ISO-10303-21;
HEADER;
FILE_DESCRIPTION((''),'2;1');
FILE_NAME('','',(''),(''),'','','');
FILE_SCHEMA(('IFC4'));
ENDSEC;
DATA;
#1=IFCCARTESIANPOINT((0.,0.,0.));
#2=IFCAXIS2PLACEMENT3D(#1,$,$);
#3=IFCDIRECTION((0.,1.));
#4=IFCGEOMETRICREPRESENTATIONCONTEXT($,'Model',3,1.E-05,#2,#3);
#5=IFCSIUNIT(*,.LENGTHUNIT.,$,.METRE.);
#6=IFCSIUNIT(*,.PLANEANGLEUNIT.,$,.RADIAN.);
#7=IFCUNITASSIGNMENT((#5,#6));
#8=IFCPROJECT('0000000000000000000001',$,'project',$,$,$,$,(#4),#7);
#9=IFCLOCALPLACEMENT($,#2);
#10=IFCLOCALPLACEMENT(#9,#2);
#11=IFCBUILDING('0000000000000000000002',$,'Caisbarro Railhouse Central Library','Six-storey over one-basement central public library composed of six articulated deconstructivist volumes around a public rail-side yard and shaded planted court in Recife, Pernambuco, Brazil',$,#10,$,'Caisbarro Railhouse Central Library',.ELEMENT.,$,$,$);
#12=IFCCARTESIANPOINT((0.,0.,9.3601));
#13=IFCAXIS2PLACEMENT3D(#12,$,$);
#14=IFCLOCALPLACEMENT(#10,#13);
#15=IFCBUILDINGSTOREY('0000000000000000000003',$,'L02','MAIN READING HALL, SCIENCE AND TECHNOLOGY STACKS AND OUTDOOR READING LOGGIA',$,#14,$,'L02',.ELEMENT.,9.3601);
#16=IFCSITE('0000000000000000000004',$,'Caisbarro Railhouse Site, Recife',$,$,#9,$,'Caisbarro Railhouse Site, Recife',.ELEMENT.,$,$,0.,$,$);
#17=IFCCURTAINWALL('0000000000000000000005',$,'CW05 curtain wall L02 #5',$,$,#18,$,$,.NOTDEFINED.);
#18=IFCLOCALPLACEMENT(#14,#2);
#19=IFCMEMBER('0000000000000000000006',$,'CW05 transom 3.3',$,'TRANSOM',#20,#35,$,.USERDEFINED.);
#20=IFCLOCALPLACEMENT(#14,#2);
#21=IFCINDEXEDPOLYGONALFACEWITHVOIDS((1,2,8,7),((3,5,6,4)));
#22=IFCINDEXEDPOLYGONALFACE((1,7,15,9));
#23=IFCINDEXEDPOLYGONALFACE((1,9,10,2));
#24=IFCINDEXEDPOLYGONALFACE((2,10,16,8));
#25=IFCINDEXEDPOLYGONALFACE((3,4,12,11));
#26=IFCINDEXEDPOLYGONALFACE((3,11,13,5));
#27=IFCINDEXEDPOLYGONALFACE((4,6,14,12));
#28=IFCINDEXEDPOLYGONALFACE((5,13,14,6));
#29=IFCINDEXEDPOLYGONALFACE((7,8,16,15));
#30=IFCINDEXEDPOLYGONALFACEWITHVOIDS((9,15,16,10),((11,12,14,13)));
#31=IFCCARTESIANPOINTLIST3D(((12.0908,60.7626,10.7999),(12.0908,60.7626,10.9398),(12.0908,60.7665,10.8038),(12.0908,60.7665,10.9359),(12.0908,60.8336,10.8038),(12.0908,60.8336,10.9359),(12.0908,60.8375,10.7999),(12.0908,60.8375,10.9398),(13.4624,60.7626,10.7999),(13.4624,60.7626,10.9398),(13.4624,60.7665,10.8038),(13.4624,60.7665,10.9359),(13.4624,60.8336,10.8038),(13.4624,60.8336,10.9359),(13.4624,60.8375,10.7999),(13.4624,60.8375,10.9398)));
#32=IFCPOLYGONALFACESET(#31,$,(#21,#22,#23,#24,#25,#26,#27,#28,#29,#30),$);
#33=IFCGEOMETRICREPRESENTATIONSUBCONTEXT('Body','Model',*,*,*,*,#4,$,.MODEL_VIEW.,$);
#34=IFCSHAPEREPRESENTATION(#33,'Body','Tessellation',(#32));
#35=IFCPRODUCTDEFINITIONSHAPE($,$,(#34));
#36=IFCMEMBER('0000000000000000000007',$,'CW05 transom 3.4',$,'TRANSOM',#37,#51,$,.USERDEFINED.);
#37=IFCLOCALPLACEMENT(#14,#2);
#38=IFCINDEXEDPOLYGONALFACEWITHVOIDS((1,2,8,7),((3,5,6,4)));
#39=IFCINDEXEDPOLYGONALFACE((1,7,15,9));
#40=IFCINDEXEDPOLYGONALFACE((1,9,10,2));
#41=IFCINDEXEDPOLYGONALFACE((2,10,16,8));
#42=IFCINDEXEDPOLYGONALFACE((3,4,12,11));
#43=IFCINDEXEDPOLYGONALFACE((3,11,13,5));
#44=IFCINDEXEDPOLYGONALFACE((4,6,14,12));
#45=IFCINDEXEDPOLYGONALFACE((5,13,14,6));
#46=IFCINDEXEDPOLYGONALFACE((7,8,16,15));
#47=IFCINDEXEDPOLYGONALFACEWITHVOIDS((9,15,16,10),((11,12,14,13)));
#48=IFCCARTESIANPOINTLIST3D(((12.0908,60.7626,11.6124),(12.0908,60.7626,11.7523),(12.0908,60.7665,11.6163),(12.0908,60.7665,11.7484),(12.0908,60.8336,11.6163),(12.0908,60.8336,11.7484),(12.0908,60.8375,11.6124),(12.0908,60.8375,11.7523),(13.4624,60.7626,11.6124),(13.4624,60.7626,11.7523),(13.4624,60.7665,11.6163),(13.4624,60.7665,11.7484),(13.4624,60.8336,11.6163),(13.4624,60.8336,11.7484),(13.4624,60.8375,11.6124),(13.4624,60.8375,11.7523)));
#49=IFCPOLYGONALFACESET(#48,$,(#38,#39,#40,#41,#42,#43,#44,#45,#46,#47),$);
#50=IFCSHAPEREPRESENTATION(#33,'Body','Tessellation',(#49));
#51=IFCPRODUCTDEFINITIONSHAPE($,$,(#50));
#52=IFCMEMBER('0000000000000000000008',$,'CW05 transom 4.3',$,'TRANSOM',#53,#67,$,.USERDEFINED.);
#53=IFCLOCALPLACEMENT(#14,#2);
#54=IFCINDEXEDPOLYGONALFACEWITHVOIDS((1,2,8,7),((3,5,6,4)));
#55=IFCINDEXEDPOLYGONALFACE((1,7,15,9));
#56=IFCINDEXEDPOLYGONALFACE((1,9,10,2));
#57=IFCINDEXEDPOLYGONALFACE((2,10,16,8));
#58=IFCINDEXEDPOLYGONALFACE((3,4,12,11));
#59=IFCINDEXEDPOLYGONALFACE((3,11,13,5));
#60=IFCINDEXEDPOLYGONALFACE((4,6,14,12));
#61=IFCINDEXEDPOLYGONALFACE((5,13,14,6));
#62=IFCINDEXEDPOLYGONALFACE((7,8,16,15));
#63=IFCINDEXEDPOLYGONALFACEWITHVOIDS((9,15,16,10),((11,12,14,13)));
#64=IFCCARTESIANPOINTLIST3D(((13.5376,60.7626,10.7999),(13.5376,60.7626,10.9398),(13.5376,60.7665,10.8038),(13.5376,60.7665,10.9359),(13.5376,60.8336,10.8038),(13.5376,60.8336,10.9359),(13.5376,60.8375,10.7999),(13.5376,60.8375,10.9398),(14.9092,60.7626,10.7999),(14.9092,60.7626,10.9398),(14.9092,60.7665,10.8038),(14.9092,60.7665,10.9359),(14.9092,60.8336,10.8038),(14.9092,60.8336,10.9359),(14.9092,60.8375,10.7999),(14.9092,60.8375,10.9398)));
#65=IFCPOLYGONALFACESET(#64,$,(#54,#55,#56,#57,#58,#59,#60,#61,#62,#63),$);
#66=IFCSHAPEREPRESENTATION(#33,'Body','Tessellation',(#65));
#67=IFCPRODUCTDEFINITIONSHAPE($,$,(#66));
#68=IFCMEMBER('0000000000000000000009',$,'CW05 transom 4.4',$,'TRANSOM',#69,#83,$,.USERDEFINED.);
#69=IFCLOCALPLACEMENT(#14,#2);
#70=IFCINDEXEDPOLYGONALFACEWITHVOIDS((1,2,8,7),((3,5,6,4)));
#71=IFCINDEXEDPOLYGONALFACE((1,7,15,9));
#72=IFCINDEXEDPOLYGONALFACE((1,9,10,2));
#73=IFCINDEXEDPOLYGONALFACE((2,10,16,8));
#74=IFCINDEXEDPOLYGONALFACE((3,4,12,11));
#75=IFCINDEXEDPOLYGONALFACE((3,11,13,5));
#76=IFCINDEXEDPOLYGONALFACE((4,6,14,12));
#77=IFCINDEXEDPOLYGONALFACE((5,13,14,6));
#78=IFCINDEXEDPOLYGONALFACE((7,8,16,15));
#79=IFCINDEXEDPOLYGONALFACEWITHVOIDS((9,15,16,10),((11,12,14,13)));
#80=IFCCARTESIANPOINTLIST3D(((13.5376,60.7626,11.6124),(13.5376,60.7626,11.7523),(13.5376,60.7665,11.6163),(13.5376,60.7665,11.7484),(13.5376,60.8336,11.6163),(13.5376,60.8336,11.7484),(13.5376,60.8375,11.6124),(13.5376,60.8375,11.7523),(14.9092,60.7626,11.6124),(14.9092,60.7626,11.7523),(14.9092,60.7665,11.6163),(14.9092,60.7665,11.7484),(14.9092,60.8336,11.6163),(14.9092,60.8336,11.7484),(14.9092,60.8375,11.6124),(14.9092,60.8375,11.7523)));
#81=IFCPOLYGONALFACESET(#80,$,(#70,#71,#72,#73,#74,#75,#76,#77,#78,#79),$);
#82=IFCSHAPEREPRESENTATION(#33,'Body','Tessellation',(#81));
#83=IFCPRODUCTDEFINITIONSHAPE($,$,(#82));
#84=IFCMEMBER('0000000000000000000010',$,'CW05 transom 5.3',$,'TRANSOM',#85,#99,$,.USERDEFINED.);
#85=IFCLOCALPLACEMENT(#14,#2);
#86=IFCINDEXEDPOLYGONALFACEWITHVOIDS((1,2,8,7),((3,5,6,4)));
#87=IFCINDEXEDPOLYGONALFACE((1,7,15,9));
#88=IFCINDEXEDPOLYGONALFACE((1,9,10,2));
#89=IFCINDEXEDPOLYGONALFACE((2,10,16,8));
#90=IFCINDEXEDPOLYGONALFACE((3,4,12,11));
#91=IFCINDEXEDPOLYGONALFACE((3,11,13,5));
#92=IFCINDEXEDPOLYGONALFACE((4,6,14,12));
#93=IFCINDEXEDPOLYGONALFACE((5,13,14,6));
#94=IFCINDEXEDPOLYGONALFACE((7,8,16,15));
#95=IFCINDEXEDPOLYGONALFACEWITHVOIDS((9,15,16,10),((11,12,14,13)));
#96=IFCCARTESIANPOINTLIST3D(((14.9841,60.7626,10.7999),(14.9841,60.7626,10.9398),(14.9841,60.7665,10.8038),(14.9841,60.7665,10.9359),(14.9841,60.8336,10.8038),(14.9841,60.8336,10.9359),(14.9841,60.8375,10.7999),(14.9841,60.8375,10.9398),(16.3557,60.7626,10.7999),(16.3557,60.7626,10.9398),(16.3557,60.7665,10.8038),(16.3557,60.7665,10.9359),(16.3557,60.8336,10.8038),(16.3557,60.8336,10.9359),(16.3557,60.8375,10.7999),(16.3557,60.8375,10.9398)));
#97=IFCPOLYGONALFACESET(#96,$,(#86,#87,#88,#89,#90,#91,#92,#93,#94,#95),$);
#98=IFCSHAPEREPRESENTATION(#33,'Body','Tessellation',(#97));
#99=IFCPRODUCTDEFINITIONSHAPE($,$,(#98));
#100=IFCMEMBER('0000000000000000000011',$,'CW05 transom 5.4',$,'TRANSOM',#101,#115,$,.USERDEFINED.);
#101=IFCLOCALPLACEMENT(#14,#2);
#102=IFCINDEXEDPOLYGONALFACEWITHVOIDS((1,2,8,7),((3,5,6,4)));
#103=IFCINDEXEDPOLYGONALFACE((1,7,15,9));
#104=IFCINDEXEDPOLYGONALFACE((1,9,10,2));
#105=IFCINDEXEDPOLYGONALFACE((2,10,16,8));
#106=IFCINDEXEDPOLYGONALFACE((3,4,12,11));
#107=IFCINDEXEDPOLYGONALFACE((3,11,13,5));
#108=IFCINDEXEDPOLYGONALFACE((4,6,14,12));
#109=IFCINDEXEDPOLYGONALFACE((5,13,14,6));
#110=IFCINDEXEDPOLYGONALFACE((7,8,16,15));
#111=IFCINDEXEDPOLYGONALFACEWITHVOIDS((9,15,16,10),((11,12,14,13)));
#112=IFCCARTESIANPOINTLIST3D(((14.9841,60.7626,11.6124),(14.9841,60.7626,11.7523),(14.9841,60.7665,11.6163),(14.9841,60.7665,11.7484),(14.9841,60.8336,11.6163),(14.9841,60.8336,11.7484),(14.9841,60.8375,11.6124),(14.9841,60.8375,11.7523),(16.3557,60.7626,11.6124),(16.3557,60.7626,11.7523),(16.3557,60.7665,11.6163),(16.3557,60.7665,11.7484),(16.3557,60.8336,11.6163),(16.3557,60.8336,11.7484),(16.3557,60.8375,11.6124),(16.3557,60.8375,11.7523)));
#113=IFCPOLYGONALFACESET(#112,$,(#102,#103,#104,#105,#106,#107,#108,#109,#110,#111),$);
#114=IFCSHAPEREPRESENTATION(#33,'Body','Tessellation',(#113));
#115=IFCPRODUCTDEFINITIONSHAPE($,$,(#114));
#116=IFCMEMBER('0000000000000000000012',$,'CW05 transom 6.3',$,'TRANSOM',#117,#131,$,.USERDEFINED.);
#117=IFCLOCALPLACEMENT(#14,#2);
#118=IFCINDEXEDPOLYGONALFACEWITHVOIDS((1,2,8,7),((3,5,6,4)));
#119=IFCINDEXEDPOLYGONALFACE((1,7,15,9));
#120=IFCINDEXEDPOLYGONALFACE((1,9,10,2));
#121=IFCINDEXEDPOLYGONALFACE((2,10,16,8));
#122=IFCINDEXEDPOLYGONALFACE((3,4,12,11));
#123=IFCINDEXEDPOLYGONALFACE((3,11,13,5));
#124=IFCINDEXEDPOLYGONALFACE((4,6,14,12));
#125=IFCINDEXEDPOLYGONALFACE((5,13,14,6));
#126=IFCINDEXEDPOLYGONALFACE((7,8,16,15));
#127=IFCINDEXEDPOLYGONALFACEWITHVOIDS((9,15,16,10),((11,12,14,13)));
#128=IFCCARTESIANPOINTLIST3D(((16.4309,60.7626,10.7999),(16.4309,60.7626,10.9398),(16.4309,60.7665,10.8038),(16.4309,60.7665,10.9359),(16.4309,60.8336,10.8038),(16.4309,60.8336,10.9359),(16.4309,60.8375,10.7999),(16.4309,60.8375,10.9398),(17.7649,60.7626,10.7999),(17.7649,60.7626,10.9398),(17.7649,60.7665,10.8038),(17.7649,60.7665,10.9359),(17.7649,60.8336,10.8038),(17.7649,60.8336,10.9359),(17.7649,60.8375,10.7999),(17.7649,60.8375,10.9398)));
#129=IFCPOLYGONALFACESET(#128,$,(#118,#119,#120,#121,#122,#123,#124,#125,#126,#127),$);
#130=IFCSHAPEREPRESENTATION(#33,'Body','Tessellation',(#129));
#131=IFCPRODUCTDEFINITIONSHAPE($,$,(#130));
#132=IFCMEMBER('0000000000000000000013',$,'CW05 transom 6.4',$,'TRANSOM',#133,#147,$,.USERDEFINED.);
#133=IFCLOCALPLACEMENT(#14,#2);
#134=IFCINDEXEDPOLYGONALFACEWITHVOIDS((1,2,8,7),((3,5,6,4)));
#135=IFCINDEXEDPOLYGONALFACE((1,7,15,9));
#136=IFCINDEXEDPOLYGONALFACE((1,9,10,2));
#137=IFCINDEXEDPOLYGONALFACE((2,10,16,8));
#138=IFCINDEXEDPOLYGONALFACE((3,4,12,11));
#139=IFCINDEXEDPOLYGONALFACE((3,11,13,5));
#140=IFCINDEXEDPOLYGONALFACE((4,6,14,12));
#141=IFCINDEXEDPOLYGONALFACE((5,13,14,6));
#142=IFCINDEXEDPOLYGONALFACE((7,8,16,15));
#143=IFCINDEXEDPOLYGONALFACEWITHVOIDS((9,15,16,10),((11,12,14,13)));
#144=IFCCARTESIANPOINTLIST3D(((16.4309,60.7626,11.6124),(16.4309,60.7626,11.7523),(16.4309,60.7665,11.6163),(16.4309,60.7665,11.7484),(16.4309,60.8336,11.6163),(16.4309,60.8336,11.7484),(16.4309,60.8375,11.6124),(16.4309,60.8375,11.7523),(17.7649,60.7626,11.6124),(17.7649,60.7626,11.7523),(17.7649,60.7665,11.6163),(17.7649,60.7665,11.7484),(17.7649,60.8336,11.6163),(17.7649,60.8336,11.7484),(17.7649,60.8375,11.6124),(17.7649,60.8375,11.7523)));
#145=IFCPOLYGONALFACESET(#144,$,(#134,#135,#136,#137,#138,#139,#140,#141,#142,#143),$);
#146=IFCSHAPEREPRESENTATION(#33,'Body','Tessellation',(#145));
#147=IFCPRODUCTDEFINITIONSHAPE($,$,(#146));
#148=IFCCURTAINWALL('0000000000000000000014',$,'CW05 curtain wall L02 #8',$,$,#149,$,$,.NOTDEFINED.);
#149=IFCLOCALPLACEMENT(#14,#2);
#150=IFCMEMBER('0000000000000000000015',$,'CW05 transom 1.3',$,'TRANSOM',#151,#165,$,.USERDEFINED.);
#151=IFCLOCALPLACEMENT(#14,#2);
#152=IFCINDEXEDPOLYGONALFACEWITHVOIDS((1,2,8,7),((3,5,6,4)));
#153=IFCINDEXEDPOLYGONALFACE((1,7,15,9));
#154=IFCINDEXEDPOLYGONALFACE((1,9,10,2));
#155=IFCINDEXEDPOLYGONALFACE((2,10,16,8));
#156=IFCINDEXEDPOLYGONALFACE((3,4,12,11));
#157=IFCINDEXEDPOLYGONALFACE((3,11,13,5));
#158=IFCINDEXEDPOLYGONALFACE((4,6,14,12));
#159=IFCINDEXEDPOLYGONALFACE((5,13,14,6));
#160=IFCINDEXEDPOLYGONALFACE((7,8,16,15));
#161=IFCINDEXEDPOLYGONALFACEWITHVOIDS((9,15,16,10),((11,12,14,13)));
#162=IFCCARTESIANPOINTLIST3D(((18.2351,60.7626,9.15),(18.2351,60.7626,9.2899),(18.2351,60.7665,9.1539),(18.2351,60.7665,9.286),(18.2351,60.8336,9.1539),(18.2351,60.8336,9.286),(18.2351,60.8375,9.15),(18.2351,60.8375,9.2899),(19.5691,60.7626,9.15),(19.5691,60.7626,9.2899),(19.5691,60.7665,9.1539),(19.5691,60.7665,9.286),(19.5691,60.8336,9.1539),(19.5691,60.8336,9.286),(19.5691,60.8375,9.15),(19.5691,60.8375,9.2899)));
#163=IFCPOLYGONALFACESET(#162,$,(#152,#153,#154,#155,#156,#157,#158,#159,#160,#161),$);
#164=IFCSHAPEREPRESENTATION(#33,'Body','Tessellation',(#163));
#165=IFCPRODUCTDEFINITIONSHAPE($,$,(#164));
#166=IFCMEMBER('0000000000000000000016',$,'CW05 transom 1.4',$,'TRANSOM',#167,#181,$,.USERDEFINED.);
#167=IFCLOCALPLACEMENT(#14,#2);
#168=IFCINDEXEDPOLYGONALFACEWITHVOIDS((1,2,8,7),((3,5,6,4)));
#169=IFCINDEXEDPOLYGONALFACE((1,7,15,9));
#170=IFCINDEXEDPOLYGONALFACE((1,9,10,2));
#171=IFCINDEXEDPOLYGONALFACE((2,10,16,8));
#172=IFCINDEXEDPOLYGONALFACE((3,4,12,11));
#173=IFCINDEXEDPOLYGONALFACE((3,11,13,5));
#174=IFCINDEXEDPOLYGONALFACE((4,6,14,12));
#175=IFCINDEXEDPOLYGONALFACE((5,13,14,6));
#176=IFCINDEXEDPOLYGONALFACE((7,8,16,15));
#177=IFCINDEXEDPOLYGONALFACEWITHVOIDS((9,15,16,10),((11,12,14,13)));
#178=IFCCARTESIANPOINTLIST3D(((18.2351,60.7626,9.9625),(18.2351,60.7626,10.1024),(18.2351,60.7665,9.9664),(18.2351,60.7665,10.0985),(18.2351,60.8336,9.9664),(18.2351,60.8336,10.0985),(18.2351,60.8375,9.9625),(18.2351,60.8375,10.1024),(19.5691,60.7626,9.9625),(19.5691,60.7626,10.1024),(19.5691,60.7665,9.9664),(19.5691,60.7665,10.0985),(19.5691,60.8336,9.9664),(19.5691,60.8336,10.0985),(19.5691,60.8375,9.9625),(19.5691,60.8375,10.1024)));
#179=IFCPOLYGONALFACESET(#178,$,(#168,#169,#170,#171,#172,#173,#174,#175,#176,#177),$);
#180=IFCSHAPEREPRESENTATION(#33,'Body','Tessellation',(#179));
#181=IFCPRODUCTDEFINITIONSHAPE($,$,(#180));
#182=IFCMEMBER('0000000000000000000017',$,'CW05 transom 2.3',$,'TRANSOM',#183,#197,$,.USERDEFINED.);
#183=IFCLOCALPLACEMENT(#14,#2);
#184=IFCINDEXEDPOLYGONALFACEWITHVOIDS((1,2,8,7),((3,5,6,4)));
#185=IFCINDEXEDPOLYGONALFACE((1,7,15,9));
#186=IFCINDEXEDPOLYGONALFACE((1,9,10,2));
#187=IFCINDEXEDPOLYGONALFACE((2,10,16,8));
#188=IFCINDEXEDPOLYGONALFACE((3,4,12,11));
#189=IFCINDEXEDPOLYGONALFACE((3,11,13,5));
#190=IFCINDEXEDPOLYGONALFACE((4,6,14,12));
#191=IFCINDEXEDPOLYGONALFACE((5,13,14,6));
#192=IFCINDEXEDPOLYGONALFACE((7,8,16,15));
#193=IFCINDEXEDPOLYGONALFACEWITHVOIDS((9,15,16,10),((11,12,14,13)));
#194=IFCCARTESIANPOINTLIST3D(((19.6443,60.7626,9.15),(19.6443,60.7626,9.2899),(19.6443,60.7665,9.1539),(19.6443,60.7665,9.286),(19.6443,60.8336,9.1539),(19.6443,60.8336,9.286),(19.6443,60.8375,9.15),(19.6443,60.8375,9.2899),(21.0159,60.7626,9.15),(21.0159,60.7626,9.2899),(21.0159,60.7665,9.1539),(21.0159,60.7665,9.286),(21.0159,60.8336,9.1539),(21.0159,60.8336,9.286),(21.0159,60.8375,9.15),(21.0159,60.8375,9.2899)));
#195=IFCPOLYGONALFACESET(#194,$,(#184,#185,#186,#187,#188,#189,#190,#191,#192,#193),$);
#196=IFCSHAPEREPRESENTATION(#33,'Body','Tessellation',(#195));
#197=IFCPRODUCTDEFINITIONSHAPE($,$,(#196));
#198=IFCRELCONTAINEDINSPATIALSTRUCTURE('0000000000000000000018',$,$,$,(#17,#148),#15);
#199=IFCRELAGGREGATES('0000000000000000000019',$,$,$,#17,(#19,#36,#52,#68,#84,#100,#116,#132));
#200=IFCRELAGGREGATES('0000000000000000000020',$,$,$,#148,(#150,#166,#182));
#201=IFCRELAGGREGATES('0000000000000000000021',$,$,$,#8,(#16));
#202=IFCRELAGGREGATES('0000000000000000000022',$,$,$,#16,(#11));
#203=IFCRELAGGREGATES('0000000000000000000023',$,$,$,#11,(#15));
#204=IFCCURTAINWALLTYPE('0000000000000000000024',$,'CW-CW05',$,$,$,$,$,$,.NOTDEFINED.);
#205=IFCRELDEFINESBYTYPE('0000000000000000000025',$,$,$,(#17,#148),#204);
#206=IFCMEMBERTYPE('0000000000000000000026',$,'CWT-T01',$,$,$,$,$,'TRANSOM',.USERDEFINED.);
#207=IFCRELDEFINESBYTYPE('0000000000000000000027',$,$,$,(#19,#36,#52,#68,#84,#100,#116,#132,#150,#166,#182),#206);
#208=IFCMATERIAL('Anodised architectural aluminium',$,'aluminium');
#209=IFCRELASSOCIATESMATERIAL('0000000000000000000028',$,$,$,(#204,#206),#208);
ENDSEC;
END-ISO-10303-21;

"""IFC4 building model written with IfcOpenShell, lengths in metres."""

from ifc_helpers import new_model, si_unit, direction, frame, origin, origin_2d, place, context, subcontext, project, spatial, hollow_rectangle, extrude, material, material_profile, profile_set, type_object, element, aggregate, save


model = new_model("IFC4")

# Units and contexts
model_context = context("Model", 3, precision=1e-05, world=origin(), true_north=direction((0.0, 1.0)))
body_context = subcontext(model_context, "Body", "Model", "MODEL_VIEW")
ifc_project = project(units=[si_unit("LENGTHUNIT", "METRE"), si_unit("PLANEANGLEUNIT", "RADIAN")], contexts=[model_context])

# Site, building, storey
site_placement = place(None, origin())
site = spatial("IfcSite", under=ifc_project, at=site_placement, Name="Caisbarro Railhouse Site, Recife", LongName="Caisbarro Railhouse Site, Recife", CompositionType="ELEMENT", RefElevation=0.0)
building_placement = place(site_placement, origin())
building = spatial("IfcBuilding", under=site, at=building_placement, Name="Caisbarro Railhouse Central Library", Description="Six-storey over one-basement central public library composed of six articulated deconstructivist volumes around a public rail-side yard and shaded planted court in Recife, Pernambuco, Brazil", LongName="Caisbarro Railhouse Central Library", CompositionType="ELEMENT")
storey_placement = place(building_placement, frame((0.0, 0.0, 9.3601)))
storey = spatial("IfcBuildingStorey", under=building, at=storey_placement, Name="L02", Description="MAIN READING HALL, SCIENCE AND TECHNOLOGY STACKS AND OUTDOOR READING LOGGIA", LongName="L02", CompositionType="ELEMENT", Elevation=9.3601)

# Curtain walls, members
ifc_material_1 = material(Name="Anodised architectural aluminium", Category="aluminium")
curtain_wall_type = type_object("IfcCurtainWallType", Name="CW-CW05", PredefinedType="NOTDEFINED", material=ifc_material_1)
curtain_wall_1_placement = place(storey_placement, origin())
curtain_wall_1 = element("IfcCurtainWall", 1, at=curtain_wall_1_placement, inside=storey, type_object=curtain_wall_type, Name="CW05 curtain wall L02 #5", PredefinedType="NOTDEFINED")
ifc_material_profile = material_profile(ifc_material_1, hollow_rectangle(XDim=0.075, YDim=0.1399, WallThickness=0.0039, at=origin_2d()), Name="ALU-TRN-75X140")
ifc_profile_set = profile_set([ifc_material_profile], Name="Anodised architectural aluminium")
member_type = type_object("IfcMemberType", Name="CWT-T01", ElementType="TRANSOM", PredefinedType="USERDEFINED", material=ifc_profile_set)
member_1_placement = place(storey_placement, frame((12.0908, 60.8, 10.8699), z_axis=(1.0, 0.0, 0.0), x_axis=(0.0, 1.0, 0.0)))
member_1 = element("IfcMember", 2, at=member_1_placement, type_object=member_type, Name="CW05 transom 3.3", ObjectType="TRANSOM", PredefinedType="USERDEFINED", context=body_context, shape_type="SweptSolid", body=[
    extrude(hollow_rectangle(XDim=0.075, YDim=0.1399, WallThickness=0.0039, at=origin_2d()), origin(), (0.0, 0.0, 1.0), 1.3716),
])
member_2_placement = place(storey_placement, frame((12.0908, 60.8, 11.6824), z_axis=(1.0, 0.0, 0.0), x_axis=(0.0, 1.0, 0.0)))
member_2 = element("IfcMember", 3, at=member_2_placement, type_object=member_type, Name="CW05 transom 3.4", ObjectType="TRANSOM", PredefinedType="USERDEFINED", context=body_context, shape_type="SweptSolid", body=[
    extrude(hollow_rectangle(XDim=0.075, YDim=0.1399, WallThickness=0.0039, at=origin_2d()), origin(), (0.0, 0.0, 1.0), 1.3716),
])
member_3_placement = place(storey_placement, frame((13.5376, 60.8, 10.8699), z_axis=(1.0, 0.0, 0.0), x_axis=(0.0, 1.0, 0.0)))
member_3 = element("IfcMember", 4, at=member_3_placement, type_object=member_type, Name="CW05 transom 4.3", ObjectType="TRANSOM", PredefinedType="USERDEFINED", context=body_context, shape_type="SweptSolid", body=[
    extrude(hollow_rectangle(XDim=0.075, YDim=0.1399, WallThickness=0.0039, at=origin_2d()), origin(), (0.0, 0.0, 1.0), 1.3716),
])
member_4_placement = place(storey_placement, frame((13.5376, 60.8, 11.6824), z_axis=(1.0, 0.0, 0.0), x_axis=(0.0, 1.0, 0.0)))
member_4 = element("IfcMember", 5, at=member_4_placement, type_object=member_type, Name="CW05 transom 4.4", ObjectType="TRANSOM", PredefinedType="USERDEFINED", context=body_context, shape_type="SweptSolid", body=[
    extrude(hollow_rectangle(XDim=0.075, YDim=0.1399, WallThickness=0.0039, at=origin_2d()), origin(), (0.0, 0.0, 1.0), 1.3716),
])
member_5_placement = place(storey_placement, frame((14.9841, 60.8, 10.8699), z_axis=(1.0, 0.0, 0.0), x_axis=(0.0, 1.0, 0.0)))
member_5 = element("IfcMember", 6, at=member_5_placement, type_object=member_type, Name="CW05 transom 5.3", ObjectType="TRANSOM", PredefinedType="USERDEFINED", context=body_context, shape_type="SweptSolid", body=[
    extrude(hollow_rectangle(XDim=0.075, YDim=0.1399, WallThickness=0.0039, at=origin_2d()), origin(), (0.0, 0.0, 1.0), 1.3716),
])
member_6_placement = place(storey_placement, frame((14.9841, 60.8, 11.6824), z_axis=(1.0, 0.0, 0.0), x_axis=(0.0, 1.0, 0.0)))
member_6 = element("IfcMember", 7, at=member_6_placement, type_object=member_type, Name="CW05 transom 5.4", ObjectType="TRANSOM", PredefinedType="USERDEFINED", context=body_context, shape_type="SweptSolid", body=[
    extrude(hollow_rectangle(XDim=0.075, YDim=0.1399, WallThickness=0.0039, at=origin_2d()), origin(), (0.0, 0.0, 1.0), 1.3716),
])
member_7_placement = place(storey_placement, frame((16.4309, 60.8, 10.8699), z_axis=(1.0, 0.0, 0.0), x_axis=(0.0, 1.0, 0.0)))
member_7 = element("IfcMember", 8, at=member_7_placement, type_object=member_type, Name="CW05 transom 6.3", ObjectType="TRANSOM", PredefinedType="USERDEFINED", context=body_context, shape_type="SweptSolid", body=[
    extrude(hollow_rectangle(XDim=0.075, YDim=0.1399, WallThickness=0.0039, at=origin_2d()), origin(), (0.0, 0.0, 1.0), 1.334),
])
member_8_placement = place(storey_placement, frame((16.4309, 60.8, 11.6824), z_axis=(1.0, 0.0, 0.0), x_axis=(0.0, 1.0, 0.0)))
member_8 = element("IfcMember", 9, at=member_8_placement, type_object=member_type, Name="CW05 transom 6.4", ObjectType="TRANSOM", PredefinedType="USERDEFINED", context=body_context, shape_type="SweptSolid", body=[
    extrude(hollow_rectangle(XDim=0.075, YDim=0.1399, WallThickness=0.0039, at=origin_2d()), origin(), (0.0, 0.0, 1.0), 1.334),
])
curtain_wall_2_placement = place(storey_placement, origin())
curtain_wall_2 = element("IfcCurtainWall", 10, at=curtain_wall_2_placement, inside=storey, type_object=curtain_wall_type, Name="CW05 curtain wall L02 #8", PredefinedType="NOTDEFINED")
member_9_placement = place(storey_placement, frame((18.2351, 60.8, 9.22), z_axis=(1.0, 0.0, 0.0), x_axis=(0.0, 1.0, 0.0)))
member_9 = element("IfcMember", 11, at=member_9_placement, type_object=member_type, Name="CW05 transom 1.3", ObjectType="TRANSOM", PredefinedType="USERDEFINED", context=body_context, shape_type="SweptSolid", body=[
    extrude(hollow_rectangle(XDim=0.075, YDim=0.1399, WallThickness=0.0039, at=origin_2d()), origin(), (0.0, 0.0, 1.0), 1.334),
])
member_10_placement = place(storey_placement, frame((18.2351, 60.8, 10.0325), z_axis=(1.0, 0.0, 0.0), x_axis=(0.0, 1.0, 0.0)))
member_10 = element("IfcMember", 12, at=member_10_placement, type_object=member_type, Name="CW05 transom 1.4", ObjectType="TRANSOM", PredefinedType="USERDEFINED", context=body_context, shape_type="SweptSolid", body=[
    extrude(hollow_rectangle(XDim=0.075, YDim=0.1399, WallThickness=0.0039, at=origin_2d()), origin(), (0.0, 0.0, 1.0), 1.334),
])
member_11_placement = place(storey_placement, frame((19.6443, 60.8, 9.22), z_axis=(1.0, 0.0, 0.0), x_axis=(0.0, 1.0, 0.0)))
member_11 = element("IfcMember", 13, at=member_11_placement, type_object=member_type, Name="CW05 transom 2.3", ObjectType="TRANSOM", PredefinedType="USERDEFINED", context=body_context, shape_type="SweptSolid", body=[
    extrude(hollow_rectangle(XDim=0.075, YDim=0.1399, WallThickness=0.0039, at=origin_2d()), origin(), (0.0, 0.0, 1.0), 1.3716),
])

aggregate(curtain_wall_1, [member_1, member_2, member_3, member_4, member_5, member_6, member_7, member_8])
aggregate(curtain_wall_2, [member_9, member_10, member_11])

save(model, "model.ifc")
